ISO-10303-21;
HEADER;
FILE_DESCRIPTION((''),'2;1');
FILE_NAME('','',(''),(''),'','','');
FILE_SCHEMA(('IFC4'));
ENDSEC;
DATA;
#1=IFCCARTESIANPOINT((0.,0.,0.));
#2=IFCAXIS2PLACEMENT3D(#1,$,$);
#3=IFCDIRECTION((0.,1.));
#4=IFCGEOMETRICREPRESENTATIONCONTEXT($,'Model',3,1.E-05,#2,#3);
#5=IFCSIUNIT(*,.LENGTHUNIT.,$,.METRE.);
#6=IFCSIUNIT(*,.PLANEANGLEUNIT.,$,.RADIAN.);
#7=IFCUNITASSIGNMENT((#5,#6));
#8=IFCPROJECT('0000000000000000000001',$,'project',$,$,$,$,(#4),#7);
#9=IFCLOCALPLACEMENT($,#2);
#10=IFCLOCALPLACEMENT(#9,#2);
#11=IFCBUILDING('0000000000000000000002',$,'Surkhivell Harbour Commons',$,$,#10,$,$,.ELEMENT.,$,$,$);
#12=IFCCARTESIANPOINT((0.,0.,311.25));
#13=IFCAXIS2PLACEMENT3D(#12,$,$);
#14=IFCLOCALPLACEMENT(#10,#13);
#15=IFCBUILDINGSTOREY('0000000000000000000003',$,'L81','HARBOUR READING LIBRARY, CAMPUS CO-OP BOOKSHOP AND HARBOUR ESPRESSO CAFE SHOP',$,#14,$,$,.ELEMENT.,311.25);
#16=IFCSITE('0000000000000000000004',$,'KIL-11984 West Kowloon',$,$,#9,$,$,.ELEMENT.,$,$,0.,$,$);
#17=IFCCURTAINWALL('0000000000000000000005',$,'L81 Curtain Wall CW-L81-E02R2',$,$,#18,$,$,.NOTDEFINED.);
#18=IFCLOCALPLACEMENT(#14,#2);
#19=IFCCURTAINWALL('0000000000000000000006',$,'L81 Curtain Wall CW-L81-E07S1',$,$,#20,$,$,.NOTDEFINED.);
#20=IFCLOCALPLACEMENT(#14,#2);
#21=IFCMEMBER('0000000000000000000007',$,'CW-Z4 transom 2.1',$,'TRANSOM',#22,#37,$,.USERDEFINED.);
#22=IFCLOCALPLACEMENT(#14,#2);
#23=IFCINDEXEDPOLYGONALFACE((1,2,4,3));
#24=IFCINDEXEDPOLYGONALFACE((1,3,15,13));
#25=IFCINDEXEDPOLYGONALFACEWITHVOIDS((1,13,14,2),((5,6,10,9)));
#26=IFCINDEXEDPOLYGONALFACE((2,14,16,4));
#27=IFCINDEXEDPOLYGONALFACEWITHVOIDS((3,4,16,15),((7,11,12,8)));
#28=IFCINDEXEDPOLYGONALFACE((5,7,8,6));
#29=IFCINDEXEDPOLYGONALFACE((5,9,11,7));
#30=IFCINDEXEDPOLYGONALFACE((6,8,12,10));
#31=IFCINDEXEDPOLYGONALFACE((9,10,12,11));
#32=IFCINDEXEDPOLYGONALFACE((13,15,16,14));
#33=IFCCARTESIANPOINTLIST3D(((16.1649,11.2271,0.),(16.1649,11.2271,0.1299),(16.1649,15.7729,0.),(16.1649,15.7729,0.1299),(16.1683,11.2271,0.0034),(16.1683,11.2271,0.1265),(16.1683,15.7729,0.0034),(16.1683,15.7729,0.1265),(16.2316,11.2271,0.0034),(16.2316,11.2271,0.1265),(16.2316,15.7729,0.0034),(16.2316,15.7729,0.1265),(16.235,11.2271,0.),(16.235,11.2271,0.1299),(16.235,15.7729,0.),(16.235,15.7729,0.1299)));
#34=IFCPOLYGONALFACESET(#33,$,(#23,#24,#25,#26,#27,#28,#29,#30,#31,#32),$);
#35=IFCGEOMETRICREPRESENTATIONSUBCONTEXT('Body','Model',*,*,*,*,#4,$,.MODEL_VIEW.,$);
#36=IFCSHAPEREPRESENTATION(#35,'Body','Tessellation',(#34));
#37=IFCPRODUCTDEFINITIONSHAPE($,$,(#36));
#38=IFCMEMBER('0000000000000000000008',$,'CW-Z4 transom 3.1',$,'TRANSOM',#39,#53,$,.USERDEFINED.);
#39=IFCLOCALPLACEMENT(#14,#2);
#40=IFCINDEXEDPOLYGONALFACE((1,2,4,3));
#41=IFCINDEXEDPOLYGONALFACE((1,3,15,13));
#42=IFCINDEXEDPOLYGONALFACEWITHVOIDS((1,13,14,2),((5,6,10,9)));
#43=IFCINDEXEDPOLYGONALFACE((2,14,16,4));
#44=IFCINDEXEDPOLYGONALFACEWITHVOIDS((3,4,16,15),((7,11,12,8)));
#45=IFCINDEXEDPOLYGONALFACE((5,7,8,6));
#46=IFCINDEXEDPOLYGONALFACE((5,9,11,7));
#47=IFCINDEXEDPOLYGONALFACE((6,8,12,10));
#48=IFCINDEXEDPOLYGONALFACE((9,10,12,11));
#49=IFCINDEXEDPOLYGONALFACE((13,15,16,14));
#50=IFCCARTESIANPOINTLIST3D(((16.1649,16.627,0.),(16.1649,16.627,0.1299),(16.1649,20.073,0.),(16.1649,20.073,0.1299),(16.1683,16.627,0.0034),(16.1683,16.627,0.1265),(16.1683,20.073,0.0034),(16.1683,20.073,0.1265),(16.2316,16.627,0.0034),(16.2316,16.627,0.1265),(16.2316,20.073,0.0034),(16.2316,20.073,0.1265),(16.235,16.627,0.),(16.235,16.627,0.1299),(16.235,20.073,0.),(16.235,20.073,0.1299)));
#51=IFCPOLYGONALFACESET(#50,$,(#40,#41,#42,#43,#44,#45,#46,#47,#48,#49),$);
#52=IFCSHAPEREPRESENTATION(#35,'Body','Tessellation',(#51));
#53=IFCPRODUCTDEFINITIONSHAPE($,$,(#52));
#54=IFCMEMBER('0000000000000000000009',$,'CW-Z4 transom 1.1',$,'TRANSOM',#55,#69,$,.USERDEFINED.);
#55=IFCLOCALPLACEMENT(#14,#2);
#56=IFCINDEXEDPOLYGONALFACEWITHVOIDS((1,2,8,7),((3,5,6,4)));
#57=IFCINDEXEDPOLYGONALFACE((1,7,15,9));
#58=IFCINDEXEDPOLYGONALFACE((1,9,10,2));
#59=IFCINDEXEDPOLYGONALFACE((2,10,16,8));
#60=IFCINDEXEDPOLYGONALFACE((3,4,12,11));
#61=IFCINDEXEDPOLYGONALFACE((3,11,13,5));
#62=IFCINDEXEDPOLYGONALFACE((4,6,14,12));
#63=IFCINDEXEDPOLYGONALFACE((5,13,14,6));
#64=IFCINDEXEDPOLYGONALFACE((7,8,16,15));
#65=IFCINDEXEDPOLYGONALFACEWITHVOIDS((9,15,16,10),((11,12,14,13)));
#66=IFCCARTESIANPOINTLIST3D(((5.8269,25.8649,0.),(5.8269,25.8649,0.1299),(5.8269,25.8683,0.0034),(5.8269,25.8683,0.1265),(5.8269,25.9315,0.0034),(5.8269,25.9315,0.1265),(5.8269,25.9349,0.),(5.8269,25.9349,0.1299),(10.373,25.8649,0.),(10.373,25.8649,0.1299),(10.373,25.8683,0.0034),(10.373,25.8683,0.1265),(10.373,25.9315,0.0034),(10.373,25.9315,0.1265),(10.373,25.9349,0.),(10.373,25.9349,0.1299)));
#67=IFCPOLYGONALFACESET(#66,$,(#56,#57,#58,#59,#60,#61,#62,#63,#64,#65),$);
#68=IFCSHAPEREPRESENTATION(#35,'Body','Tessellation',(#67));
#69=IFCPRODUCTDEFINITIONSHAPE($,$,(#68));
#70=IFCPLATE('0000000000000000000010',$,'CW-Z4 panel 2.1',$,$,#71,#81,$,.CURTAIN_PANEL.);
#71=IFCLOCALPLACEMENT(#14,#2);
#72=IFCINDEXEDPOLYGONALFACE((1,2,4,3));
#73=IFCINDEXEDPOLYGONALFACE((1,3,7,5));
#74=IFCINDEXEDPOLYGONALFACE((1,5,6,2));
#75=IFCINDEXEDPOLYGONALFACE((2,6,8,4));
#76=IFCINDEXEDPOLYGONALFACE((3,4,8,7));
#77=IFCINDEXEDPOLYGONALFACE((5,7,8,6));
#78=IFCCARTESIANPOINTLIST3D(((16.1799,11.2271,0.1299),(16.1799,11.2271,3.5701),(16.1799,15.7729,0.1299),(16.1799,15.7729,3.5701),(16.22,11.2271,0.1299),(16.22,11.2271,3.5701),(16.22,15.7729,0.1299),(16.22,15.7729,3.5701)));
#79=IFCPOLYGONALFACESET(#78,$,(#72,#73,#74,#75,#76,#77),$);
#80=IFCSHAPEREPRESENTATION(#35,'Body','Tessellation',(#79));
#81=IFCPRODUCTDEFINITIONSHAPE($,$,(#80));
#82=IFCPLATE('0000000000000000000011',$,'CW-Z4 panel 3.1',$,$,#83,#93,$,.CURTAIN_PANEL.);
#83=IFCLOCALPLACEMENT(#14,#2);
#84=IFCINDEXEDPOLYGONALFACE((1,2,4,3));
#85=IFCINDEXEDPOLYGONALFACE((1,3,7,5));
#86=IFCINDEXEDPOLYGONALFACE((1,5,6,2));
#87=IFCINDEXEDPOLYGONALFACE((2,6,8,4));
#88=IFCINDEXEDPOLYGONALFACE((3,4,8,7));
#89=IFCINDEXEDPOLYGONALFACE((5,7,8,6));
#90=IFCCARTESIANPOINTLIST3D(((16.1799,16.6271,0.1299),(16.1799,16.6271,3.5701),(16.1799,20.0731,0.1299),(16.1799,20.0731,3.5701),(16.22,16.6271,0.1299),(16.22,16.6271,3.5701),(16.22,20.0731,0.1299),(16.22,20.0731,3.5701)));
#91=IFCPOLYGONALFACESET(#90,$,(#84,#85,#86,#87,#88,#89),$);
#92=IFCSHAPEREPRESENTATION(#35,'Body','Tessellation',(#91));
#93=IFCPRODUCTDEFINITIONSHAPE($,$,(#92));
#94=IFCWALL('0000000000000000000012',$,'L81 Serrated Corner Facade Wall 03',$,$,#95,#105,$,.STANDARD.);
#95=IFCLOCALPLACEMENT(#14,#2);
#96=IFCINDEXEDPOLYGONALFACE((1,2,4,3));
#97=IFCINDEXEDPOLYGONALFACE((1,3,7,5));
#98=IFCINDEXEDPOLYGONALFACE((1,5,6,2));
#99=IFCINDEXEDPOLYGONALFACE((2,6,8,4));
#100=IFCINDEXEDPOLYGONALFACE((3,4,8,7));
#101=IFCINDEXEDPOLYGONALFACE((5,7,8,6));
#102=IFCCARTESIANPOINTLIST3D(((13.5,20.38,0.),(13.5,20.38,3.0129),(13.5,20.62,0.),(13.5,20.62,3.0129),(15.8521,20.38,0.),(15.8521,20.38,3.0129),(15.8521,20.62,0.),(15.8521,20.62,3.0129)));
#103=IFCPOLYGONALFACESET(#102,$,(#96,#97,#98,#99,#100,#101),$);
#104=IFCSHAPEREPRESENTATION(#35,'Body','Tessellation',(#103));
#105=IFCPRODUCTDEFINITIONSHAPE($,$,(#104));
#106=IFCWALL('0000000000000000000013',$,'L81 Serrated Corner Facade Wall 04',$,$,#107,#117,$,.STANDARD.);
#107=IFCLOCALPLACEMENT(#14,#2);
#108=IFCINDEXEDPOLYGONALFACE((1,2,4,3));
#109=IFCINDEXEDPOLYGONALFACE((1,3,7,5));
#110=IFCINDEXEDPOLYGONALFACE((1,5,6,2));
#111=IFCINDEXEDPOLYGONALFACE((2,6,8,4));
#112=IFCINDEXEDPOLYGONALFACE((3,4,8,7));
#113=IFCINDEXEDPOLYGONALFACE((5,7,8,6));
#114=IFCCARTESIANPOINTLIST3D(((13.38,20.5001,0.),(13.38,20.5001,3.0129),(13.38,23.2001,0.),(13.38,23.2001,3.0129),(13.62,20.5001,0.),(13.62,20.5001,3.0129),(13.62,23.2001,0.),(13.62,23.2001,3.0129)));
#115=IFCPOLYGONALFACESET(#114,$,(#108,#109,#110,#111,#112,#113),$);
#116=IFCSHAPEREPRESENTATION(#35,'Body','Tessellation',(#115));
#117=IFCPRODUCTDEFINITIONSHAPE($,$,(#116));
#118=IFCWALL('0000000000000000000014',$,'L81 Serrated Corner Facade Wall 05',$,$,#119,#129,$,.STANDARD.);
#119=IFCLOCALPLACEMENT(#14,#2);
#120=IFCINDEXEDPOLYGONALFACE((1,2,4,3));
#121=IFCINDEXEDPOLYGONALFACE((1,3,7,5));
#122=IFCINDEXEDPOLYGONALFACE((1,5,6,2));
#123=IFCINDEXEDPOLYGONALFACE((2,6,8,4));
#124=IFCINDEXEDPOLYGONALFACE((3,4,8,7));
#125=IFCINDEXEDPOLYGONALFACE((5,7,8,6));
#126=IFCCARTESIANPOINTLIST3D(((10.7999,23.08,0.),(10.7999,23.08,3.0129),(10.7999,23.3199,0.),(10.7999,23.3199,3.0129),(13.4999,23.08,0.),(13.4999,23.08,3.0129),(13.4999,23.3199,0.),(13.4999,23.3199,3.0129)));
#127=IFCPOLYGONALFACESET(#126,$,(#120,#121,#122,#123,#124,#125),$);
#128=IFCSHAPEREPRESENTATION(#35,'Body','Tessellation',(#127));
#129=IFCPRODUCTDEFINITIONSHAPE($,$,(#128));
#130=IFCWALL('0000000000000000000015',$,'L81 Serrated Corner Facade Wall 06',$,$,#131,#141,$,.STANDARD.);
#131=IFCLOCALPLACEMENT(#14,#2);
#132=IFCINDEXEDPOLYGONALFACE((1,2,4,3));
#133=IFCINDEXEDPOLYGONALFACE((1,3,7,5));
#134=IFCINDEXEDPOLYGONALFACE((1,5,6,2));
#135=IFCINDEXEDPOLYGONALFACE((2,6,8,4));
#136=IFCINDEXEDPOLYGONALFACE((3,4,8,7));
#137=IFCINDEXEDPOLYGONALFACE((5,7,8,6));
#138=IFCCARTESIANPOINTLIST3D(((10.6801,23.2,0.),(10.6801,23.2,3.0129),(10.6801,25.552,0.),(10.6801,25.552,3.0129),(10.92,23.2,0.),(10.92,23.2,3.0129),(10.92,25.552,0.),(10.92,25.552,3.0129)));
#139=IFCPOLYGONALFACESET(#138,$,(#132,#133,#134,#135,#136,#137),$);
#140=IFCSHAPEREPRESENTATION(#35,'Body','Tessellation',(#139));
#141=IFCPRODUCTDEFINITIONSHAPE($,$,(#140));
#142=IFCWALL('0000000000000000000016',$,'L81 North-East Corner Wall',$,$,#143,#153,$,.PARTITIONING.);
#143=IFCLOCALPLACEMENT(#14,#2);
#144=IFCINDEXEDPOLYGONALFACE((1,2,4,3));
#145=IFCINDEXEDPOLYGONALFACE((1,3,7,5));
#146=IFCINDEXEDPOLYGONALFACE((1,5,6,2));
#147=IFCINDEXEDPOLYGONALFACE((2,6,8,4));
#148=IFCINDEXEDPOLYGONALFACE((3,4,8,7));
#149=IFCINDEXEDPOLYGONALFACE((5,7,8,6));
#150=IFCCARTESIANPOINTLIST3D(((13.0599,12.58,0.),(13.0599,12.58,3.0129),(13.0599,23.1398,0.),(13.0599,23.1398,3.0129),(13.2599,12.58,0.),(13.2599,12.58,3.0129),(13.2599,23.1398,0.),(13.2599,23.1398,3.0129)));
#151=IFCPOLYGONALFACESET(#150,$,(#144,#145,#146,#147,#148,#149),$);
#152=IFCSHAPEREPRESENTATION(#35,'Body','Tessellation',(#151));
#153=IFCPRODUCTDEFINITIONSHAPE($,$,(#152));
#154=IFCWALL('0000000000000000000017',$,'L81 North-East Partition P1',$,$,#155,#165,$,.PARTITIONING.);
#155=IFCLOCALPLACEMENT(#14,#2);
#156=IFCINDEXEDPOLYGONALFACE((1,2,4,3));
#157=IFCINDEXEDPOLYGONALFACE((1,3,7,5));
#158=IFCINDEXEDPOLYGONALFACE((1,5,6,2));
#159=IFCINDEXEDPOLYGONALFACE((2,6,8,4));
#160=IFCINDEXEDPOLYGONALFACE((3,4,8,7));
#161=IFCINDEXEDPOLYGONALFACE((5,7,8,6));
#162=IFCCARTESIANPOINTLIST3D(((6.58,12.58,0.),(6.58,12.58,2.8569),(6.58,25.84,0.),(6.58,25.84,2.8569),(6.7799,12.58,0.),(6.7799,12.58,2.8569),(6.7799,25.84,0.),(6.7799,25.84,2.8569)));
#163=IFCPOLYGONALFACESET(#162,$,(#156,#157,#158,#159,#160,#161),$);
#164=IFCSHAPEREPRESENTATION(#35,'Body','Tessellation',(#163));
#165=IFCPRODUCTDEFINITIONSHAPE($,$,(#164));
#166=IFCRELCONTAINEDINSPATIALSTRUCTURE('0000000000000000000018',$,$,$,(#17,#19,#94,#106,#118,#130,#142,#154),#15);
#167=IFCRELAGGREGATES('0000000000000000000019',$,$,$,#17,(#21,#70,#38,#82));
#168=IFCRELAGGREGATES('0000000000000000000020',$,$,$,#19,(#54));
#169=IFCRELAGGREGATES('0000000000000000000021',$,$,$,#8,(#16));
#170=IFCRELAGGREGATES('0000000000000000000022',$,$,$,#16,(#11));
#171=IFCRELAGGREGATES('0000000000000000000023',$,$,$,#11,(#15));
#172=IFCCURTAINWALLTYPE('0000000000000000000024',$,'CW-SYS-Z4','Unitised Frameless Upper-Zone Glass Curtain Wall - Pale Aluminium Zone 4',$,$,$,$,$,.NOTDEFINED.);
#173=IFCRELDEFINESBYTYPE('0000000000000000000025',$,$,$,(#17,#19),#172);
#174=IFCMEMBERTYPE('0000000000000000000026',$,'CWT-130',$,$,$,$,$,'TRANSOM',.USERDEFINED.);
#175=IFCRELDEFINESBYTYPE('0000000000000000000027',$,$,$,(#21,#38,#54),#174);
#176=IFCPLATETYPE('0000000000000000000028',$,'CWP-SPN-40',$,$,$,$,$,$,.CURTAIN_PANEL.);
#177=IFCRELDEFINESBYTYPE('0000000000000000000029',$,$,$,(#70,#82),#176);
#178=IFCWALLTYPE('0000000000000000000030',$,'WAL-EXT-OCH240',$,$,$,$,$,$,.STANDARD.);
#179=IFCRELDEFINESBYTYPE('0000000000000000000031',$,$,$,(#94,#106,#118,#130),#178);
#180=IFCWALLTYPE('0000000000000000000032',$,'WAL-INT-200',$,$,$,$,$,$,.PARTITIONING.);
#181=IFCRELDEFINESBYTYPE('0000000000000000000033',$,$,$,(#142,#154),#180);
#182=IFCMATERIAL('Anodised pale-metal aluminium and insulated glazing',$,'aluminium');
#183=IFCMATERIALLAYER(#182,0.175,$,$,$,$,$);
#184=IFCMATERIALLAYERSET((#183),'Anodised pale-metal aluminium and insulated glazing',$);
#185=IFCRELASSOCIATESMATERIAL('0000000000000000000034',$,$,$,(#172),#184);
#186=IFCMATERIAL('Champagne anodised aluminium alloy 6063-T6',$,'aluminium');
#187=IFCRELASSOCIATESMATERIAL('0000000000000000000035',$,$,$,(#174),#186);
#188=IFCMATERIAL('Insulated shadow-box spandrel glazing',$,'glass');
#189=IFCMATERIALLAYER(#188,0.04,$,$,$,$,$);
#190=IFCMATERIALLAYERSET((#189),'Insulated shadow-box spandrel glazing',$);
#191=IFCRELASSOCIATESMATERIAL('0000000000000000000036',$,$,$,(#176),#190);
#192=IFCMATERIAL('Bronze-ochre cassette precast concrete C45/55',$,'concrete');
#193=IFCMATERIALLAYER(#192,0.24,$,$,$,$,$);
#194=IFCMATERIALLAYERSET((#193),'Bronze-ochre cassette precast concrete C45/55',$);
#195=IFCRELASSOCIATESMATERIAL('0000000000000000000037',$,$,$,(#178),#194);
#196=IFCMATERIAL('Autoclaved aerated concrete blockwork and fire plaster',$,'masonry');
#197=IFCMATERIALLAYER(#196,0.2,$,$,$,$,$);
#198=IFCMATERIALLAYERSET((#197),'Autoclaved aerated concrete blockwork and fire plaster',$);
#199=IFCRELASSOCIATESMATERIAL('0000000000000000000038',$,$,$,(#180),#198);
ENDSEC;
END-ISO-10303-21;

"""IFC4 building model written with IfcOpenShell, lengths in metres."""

from ifc_helpers import new_model, si_unit, direction, frame, frame_2d, origin, origin_2d, place, context, subcontext, project, spatial, rectangle, hollow_rectangle, extrude, material, layer, layer_set, material_profile, profile_set, type_object, element, aggregate, save


model = new_model("IFC4")

# Units and contexts
model_context = context("Model", 3, precision=1e-05, world=origin(), true_north=direction((0.0, 1.0)))
body_context = subcontext(model_context, "Body", "Model", "MODEL_VIEW")
ifc_project = project(units=[si_unit("LENGTHUNIT", "METRE"), si_unit("PLANEANGLEUNIT", "RADIAN")], contexts=[model_context])

# Site, building, storey
site_placement = place(None, origin())
site = spatial("IfcSite", under=ifc_project, at=site_placement, Name="KIL-11984 West Kowloon", CompositionType="ELEMENT", RefElevation=0.0)
building_placement = place(site_placement, origin())
building = spatial("IfcBuilding", under=site, at=building_placement, Name="Surkhivell Harbour Commons", CompositionType="ELEMENT")
storey_placement = place(building_placement, frame((0.0, 0.0, 311.25)))
storey = spatial("IfcBuildingStorey", under=building, at=storey_placement, Name="L81", Description="HARBOUR READING LIBRARY, CAMPUS CO-OP BOOKSHOP AND HARBOUR ESPRESSO CAFE SHOP", CompositionType="ELEMENT", Elevation=311.25)

# Curtain wall
ifc_material_1 = material(Name="Anodised pale-metal aluminium and insulated glazing", Category="aluminium")
ifc_layer_1 = layer(ifc_material_1, 0.175)
ifc_layer_set_1 = layer_set([ifc_layer_1], Name="Anodised pale-metal aluminium and insulated glazing")
curtain_wall_type = type_object("IfcCurtainWallType", Name="CW-SYS-Z4", Description="Unitised Frameless Upper-Zone Glass Curtain Wall - Pale Aluminium Zone 4", PredefinedType="NOTDEFINED", material=ifc_layer_set_1)
curtain_wall_1_placement = place(storey_placement, origin())
curtain_wall_1 = element("IfcCurtainWall", 1, at=curtain_wall_1_placement, inside=storey, type_object=curtain_wall_type, Name="L81 Curtain Wall CW-L81-E02R2", PredefinedType="NOTDEFINED")

# Curtain wall
curtain_wall_2_placement = place(storey_placement, origin())
curtain_wall_2 = element("IfcCurtainWall", 2, at=curtain_wall_2_placement, inside=storey, type_object=curtain_wall_type, Name="L81 Curtain Wall CW-L81-E07S1", PredefinedType="NOTDEFINED")

# Members
ifc_material_2 = material(Name="Champagne anodised aluminium alloy 6063-T6", Category="aluminium")
ifc_material_profile_1 = material_profile(ifc_material_2, hollow_rectangle(XDim=0.0701, YDim=0.1299, WallThickness=0.0034, at=origin_2d()), Name="ALU-TRAN-70x130")
ifc_profile_set_1 = profile_set([ifc_material_profile_1], Name="Champagne anodised aluminium alloy 6063-T6")
member_type_1 = type_object("IfcMemberType", Name="CWT-130", ElementType="TRANSOM", PredefinedType="USERDEFINED", material=ifc_profile_set_1)
member_1_placement = place(storey_placement, frame((16.2, 11.2271, 0.0649), z_axis=(0.0, 1.0, 0.0), x_axis=(-1.0, 0.0, 0.0)))
member_1 = element("IfcMember", 3, at=member_1_placement, type_object=member_type_1, Name="CW-Z4 transom 2.1", ObjectType="TRANSOM", PredefinedType="USERDEFINED", context=body_context, shape_type="SweptSolid", body=[
    extrude(hollow_rectangle(XDim=0.0701, YDim=0.1299, WallThickness=0.0034, at=origin_2d()), origin(), (0.0, 0.0, 1.0), 4.5459),
])
member_2_placement = place(storey_placement, frame((16.2, 16.627, 0.0649), z_axis=(0.0, 1.0, 0.0), x_axis=(-1.0, 0.0, 0.0)))
member_2 = element("IfcMember", 4, at=member_2_placement, type_object=member_type_1, Name="CW-Z4 transom 3.1", ObjectType="TRANSOM", PredefinedType="USERDEFINED", context=body_context, shape_type="SweptSolid", body=[
    extrude(hollow_rectangle(XDim=0.0701, YDim=0.1299, WallThickness=0.0034, at=origin_2d()), origin(), (0.0, 0.0, 1.0), 3.446),
])
member_3_placement = place(storey_placement, frame((10.373, 25.8999, 0.0649), z_axis=(-1.0, 0.0, 0.0), x_axis=(0.0, -1.0, 0.0)))
member_3 = element("IfcMember", 5, at=member_3_placement, type_object=member_type_1, Name="CW-Z4 transom 1.1", ObjectType="TRANSOM", PredefinedType="USERDEFINED", context=body_context, shape_type="SweptSolid", body=[
    extrude(hollow_rectangle(XDim=0.0701, YDim=0.1299, WallThickness=0.0034, at=origin_2d()), origin(), (0.0, 0.0, 1.0), 4.5461),
])

# Plates
ifc_material_3 = material(Name="Insulated shadow-box spandrel glazing", Category="glass")
ifc_layer_2 = layer(ifc_material_3, 0.04)
ifc_layer_set_2 = layer_set([ifc_layer_2], Name="Insulated shadow-box spandrel glazing")
plate_type = type_object("IfcPlateType", Name="CWP-SPN-40", PredefinedType="CURTAIN_PANEL", material=ifc_layer_set_2)
plate_1_placement = place(storey_placement, frame((16.2, 11.2271, 0.1299), z_axis=(0.0, 0.0, 1.0), x_axis=(0.0, 1.0, 0.0)))
plate_1 = element("IfcPlate", 6, at=plate_1_placement, type_object=plate_type, Name="CW-Z4 panel 2.1", PredefinedType="CURTAIN_PANEL", context=body_context, shape_type="SweptSolid", body=[
    extrude(rectangle(XDim=4.5459, YDim=0.04, at=frame_2d((2.2729, 0.0))), origin(), (0.0, 0.0, 1.0), 3.4402),
])
plate_2_placement = place(storey_placement, frame((16.2, 16.627, 0.1299), z_axis=(0.0, 0.0, 1.0), x_axis=(0.0, 1.0, 0.0)))
plate_2 = element("IfcPlate", 7, at=plate_2_placement, type_object=plate_type, Name="CW-Z4 panel 3.1", PredefinedType="CURTAIN_PANEL", context=body_context, shape_type="SweptSolid", body=[
    extrude(rectangle(XDim=3.446, YDim=0.04, at=frame_2d((1.7231, 0.0))), origin(), (0.0, 0.0, 1.0), 3.4402),
])
aggregate(curtain_wall_1, [member_1, plate_1, member_2, plate_2])
aggregate(curtain_wall_2, [member_3])

# Walls
ifc_material_4 = material(Name="Bronze-ochre cassette precast concrete C45/55", Category="concrete")
ifc_layer_3 = layer(ifc_material_4, 0.24)
ifc_layer_set_3 = layer_set([ifc_layer_3], Name="Bronze-ochre cassette precast concrete C45/55")
wall_type_1 = type_object("IfcWallType", Name="WAL-EXT-OCH240", PredefinedType="STANDARD", material=ifc_layer_set_3)
wall_1_placement = place(storey_placement, frame((15.8521, 20.5, 0.0), z_axis=(0.0, 0.0, 1.0), x_axis=(-1.0, 0.0, 0.0)))
element("IfcWall", 8, at=wall_1_placement, inside=storey, type_object=wall_type_1, Name="L81 Serrated Corner Facade Wall 03", PredefinedType="STANDARD", context=body_context, shape_type="SweptSolid", body=[
    extrude(rectangle(XDim=2.3521, YDim=0.24, at=frame_2d((1.176, 0.0))), origin(), (0.0, 0.0, 1.0), 3.0129),
])
for number, where, z_axis, x_axis, name in (
    (9, (13.5, 20.5, 0.0), (0.0, 0.0, 1.0), (0.0, 1.0, 0.0), "L81 Serrated Corner Facade Wall 04"),
    (10, (13.5, 23.2, 0.0), (0.0, 0.0, 1.0), (-1.0, 0.0, 0.0), "L81 Serrated Corner Facade Wall 05"),
):
    element("IfcWall", number, at=place(storey_placement, frame(where, z_axis=z_axis, x_axis=x_axis)), inside=storey, type_object=wall_type_1, Name=name, PredefinedType="STANDARD", context=body_context, shape_type="SweptSolid", body=[
        extrude(rectangle(XDim=2.7, YDim=0.24, at=frame_2d((1.3501, 0.0))), origin(), (0.0, 0.0, 1.0), 3.0129),
    ])
wall_2_placement = place(storey_placement, frame((10.8, 23.2, 0.0), z_axis=(0.0, 0.0, 1.0), x_axis=(0.0, 1.0, 0.0)))
element("IfcWall", 11, at=wall_2_placement, inside=storey, type_object=wall_type_1, Name="L81 Serrated Corner Facade Wall 06", PredefinedType="STANDARD", context=body_context, shape_type="SweptSolid", body=[
    extrude(rectangle(XDim=2.3521, YDim=0.24, at=frame_2d((1.176, 0.0))), origin(), (0.0, 0.0, 1.0), 3.0129),
])
ifc_material_5 = material(Name="Autoclaved aerated concrete blockwork and fire plaster", Category="masonry")
ifc_layer_4 = layer(ifc_material_5, 0.2)
ifc_layer_set_4 = layer_set([ifc_layer_4], Name="Autoclaved aerated concrete blockwork and fire plaster")
wall_type_2 = type_object("IfcWallType", Name="WAL-INT-200", PredefinedType="PARTITIONING", material=ifc_layer_set_4)
wall_3_placement = place(storey_placement, frame((13.1599, 12.5801, 0.0), z_axis=(0.0, 0.0, 1.0), x_axis=(0.0, 1.0, 0.0)))
element("IfcWall", 12, at=wall_3_placement, inside=storey, type_object=wall_type_2, Name="L81 North-East Corner Wall", PredefinedType="PARTITIONING", context=body_context, shape_type="SweptSolid", body=[
    extrude(rectangle(XDim=10.5598, YDim=0.2, at=frame_2d((5.2798, 0.0))), origin(), (0.0, 0.0, 1.0), 3.0129),
])
wall_4_placement = place(storey_placement, frame((6.6799, 12.5801, 0.0), z_axis=(0.0, 0.0, 1.0), x_axis=(0.0, 1.0, 0.0)))
element("IfcWall", 13, at=wall_4_placement, inside=storey, type_object=wall_type_2, Name="L81 North-East Partition P1", PredefinedType="PARTITIONING", context=body_context, shape_type="SweptSolid", body=[
    extrude(rectangle(XDim=13.26, YDim=0.2, at=frame_2d((6.6299, 0.0))), origin(), (0.0, 0.0, 1.0), 2.8569),
])

save(model, "model.ifc")
